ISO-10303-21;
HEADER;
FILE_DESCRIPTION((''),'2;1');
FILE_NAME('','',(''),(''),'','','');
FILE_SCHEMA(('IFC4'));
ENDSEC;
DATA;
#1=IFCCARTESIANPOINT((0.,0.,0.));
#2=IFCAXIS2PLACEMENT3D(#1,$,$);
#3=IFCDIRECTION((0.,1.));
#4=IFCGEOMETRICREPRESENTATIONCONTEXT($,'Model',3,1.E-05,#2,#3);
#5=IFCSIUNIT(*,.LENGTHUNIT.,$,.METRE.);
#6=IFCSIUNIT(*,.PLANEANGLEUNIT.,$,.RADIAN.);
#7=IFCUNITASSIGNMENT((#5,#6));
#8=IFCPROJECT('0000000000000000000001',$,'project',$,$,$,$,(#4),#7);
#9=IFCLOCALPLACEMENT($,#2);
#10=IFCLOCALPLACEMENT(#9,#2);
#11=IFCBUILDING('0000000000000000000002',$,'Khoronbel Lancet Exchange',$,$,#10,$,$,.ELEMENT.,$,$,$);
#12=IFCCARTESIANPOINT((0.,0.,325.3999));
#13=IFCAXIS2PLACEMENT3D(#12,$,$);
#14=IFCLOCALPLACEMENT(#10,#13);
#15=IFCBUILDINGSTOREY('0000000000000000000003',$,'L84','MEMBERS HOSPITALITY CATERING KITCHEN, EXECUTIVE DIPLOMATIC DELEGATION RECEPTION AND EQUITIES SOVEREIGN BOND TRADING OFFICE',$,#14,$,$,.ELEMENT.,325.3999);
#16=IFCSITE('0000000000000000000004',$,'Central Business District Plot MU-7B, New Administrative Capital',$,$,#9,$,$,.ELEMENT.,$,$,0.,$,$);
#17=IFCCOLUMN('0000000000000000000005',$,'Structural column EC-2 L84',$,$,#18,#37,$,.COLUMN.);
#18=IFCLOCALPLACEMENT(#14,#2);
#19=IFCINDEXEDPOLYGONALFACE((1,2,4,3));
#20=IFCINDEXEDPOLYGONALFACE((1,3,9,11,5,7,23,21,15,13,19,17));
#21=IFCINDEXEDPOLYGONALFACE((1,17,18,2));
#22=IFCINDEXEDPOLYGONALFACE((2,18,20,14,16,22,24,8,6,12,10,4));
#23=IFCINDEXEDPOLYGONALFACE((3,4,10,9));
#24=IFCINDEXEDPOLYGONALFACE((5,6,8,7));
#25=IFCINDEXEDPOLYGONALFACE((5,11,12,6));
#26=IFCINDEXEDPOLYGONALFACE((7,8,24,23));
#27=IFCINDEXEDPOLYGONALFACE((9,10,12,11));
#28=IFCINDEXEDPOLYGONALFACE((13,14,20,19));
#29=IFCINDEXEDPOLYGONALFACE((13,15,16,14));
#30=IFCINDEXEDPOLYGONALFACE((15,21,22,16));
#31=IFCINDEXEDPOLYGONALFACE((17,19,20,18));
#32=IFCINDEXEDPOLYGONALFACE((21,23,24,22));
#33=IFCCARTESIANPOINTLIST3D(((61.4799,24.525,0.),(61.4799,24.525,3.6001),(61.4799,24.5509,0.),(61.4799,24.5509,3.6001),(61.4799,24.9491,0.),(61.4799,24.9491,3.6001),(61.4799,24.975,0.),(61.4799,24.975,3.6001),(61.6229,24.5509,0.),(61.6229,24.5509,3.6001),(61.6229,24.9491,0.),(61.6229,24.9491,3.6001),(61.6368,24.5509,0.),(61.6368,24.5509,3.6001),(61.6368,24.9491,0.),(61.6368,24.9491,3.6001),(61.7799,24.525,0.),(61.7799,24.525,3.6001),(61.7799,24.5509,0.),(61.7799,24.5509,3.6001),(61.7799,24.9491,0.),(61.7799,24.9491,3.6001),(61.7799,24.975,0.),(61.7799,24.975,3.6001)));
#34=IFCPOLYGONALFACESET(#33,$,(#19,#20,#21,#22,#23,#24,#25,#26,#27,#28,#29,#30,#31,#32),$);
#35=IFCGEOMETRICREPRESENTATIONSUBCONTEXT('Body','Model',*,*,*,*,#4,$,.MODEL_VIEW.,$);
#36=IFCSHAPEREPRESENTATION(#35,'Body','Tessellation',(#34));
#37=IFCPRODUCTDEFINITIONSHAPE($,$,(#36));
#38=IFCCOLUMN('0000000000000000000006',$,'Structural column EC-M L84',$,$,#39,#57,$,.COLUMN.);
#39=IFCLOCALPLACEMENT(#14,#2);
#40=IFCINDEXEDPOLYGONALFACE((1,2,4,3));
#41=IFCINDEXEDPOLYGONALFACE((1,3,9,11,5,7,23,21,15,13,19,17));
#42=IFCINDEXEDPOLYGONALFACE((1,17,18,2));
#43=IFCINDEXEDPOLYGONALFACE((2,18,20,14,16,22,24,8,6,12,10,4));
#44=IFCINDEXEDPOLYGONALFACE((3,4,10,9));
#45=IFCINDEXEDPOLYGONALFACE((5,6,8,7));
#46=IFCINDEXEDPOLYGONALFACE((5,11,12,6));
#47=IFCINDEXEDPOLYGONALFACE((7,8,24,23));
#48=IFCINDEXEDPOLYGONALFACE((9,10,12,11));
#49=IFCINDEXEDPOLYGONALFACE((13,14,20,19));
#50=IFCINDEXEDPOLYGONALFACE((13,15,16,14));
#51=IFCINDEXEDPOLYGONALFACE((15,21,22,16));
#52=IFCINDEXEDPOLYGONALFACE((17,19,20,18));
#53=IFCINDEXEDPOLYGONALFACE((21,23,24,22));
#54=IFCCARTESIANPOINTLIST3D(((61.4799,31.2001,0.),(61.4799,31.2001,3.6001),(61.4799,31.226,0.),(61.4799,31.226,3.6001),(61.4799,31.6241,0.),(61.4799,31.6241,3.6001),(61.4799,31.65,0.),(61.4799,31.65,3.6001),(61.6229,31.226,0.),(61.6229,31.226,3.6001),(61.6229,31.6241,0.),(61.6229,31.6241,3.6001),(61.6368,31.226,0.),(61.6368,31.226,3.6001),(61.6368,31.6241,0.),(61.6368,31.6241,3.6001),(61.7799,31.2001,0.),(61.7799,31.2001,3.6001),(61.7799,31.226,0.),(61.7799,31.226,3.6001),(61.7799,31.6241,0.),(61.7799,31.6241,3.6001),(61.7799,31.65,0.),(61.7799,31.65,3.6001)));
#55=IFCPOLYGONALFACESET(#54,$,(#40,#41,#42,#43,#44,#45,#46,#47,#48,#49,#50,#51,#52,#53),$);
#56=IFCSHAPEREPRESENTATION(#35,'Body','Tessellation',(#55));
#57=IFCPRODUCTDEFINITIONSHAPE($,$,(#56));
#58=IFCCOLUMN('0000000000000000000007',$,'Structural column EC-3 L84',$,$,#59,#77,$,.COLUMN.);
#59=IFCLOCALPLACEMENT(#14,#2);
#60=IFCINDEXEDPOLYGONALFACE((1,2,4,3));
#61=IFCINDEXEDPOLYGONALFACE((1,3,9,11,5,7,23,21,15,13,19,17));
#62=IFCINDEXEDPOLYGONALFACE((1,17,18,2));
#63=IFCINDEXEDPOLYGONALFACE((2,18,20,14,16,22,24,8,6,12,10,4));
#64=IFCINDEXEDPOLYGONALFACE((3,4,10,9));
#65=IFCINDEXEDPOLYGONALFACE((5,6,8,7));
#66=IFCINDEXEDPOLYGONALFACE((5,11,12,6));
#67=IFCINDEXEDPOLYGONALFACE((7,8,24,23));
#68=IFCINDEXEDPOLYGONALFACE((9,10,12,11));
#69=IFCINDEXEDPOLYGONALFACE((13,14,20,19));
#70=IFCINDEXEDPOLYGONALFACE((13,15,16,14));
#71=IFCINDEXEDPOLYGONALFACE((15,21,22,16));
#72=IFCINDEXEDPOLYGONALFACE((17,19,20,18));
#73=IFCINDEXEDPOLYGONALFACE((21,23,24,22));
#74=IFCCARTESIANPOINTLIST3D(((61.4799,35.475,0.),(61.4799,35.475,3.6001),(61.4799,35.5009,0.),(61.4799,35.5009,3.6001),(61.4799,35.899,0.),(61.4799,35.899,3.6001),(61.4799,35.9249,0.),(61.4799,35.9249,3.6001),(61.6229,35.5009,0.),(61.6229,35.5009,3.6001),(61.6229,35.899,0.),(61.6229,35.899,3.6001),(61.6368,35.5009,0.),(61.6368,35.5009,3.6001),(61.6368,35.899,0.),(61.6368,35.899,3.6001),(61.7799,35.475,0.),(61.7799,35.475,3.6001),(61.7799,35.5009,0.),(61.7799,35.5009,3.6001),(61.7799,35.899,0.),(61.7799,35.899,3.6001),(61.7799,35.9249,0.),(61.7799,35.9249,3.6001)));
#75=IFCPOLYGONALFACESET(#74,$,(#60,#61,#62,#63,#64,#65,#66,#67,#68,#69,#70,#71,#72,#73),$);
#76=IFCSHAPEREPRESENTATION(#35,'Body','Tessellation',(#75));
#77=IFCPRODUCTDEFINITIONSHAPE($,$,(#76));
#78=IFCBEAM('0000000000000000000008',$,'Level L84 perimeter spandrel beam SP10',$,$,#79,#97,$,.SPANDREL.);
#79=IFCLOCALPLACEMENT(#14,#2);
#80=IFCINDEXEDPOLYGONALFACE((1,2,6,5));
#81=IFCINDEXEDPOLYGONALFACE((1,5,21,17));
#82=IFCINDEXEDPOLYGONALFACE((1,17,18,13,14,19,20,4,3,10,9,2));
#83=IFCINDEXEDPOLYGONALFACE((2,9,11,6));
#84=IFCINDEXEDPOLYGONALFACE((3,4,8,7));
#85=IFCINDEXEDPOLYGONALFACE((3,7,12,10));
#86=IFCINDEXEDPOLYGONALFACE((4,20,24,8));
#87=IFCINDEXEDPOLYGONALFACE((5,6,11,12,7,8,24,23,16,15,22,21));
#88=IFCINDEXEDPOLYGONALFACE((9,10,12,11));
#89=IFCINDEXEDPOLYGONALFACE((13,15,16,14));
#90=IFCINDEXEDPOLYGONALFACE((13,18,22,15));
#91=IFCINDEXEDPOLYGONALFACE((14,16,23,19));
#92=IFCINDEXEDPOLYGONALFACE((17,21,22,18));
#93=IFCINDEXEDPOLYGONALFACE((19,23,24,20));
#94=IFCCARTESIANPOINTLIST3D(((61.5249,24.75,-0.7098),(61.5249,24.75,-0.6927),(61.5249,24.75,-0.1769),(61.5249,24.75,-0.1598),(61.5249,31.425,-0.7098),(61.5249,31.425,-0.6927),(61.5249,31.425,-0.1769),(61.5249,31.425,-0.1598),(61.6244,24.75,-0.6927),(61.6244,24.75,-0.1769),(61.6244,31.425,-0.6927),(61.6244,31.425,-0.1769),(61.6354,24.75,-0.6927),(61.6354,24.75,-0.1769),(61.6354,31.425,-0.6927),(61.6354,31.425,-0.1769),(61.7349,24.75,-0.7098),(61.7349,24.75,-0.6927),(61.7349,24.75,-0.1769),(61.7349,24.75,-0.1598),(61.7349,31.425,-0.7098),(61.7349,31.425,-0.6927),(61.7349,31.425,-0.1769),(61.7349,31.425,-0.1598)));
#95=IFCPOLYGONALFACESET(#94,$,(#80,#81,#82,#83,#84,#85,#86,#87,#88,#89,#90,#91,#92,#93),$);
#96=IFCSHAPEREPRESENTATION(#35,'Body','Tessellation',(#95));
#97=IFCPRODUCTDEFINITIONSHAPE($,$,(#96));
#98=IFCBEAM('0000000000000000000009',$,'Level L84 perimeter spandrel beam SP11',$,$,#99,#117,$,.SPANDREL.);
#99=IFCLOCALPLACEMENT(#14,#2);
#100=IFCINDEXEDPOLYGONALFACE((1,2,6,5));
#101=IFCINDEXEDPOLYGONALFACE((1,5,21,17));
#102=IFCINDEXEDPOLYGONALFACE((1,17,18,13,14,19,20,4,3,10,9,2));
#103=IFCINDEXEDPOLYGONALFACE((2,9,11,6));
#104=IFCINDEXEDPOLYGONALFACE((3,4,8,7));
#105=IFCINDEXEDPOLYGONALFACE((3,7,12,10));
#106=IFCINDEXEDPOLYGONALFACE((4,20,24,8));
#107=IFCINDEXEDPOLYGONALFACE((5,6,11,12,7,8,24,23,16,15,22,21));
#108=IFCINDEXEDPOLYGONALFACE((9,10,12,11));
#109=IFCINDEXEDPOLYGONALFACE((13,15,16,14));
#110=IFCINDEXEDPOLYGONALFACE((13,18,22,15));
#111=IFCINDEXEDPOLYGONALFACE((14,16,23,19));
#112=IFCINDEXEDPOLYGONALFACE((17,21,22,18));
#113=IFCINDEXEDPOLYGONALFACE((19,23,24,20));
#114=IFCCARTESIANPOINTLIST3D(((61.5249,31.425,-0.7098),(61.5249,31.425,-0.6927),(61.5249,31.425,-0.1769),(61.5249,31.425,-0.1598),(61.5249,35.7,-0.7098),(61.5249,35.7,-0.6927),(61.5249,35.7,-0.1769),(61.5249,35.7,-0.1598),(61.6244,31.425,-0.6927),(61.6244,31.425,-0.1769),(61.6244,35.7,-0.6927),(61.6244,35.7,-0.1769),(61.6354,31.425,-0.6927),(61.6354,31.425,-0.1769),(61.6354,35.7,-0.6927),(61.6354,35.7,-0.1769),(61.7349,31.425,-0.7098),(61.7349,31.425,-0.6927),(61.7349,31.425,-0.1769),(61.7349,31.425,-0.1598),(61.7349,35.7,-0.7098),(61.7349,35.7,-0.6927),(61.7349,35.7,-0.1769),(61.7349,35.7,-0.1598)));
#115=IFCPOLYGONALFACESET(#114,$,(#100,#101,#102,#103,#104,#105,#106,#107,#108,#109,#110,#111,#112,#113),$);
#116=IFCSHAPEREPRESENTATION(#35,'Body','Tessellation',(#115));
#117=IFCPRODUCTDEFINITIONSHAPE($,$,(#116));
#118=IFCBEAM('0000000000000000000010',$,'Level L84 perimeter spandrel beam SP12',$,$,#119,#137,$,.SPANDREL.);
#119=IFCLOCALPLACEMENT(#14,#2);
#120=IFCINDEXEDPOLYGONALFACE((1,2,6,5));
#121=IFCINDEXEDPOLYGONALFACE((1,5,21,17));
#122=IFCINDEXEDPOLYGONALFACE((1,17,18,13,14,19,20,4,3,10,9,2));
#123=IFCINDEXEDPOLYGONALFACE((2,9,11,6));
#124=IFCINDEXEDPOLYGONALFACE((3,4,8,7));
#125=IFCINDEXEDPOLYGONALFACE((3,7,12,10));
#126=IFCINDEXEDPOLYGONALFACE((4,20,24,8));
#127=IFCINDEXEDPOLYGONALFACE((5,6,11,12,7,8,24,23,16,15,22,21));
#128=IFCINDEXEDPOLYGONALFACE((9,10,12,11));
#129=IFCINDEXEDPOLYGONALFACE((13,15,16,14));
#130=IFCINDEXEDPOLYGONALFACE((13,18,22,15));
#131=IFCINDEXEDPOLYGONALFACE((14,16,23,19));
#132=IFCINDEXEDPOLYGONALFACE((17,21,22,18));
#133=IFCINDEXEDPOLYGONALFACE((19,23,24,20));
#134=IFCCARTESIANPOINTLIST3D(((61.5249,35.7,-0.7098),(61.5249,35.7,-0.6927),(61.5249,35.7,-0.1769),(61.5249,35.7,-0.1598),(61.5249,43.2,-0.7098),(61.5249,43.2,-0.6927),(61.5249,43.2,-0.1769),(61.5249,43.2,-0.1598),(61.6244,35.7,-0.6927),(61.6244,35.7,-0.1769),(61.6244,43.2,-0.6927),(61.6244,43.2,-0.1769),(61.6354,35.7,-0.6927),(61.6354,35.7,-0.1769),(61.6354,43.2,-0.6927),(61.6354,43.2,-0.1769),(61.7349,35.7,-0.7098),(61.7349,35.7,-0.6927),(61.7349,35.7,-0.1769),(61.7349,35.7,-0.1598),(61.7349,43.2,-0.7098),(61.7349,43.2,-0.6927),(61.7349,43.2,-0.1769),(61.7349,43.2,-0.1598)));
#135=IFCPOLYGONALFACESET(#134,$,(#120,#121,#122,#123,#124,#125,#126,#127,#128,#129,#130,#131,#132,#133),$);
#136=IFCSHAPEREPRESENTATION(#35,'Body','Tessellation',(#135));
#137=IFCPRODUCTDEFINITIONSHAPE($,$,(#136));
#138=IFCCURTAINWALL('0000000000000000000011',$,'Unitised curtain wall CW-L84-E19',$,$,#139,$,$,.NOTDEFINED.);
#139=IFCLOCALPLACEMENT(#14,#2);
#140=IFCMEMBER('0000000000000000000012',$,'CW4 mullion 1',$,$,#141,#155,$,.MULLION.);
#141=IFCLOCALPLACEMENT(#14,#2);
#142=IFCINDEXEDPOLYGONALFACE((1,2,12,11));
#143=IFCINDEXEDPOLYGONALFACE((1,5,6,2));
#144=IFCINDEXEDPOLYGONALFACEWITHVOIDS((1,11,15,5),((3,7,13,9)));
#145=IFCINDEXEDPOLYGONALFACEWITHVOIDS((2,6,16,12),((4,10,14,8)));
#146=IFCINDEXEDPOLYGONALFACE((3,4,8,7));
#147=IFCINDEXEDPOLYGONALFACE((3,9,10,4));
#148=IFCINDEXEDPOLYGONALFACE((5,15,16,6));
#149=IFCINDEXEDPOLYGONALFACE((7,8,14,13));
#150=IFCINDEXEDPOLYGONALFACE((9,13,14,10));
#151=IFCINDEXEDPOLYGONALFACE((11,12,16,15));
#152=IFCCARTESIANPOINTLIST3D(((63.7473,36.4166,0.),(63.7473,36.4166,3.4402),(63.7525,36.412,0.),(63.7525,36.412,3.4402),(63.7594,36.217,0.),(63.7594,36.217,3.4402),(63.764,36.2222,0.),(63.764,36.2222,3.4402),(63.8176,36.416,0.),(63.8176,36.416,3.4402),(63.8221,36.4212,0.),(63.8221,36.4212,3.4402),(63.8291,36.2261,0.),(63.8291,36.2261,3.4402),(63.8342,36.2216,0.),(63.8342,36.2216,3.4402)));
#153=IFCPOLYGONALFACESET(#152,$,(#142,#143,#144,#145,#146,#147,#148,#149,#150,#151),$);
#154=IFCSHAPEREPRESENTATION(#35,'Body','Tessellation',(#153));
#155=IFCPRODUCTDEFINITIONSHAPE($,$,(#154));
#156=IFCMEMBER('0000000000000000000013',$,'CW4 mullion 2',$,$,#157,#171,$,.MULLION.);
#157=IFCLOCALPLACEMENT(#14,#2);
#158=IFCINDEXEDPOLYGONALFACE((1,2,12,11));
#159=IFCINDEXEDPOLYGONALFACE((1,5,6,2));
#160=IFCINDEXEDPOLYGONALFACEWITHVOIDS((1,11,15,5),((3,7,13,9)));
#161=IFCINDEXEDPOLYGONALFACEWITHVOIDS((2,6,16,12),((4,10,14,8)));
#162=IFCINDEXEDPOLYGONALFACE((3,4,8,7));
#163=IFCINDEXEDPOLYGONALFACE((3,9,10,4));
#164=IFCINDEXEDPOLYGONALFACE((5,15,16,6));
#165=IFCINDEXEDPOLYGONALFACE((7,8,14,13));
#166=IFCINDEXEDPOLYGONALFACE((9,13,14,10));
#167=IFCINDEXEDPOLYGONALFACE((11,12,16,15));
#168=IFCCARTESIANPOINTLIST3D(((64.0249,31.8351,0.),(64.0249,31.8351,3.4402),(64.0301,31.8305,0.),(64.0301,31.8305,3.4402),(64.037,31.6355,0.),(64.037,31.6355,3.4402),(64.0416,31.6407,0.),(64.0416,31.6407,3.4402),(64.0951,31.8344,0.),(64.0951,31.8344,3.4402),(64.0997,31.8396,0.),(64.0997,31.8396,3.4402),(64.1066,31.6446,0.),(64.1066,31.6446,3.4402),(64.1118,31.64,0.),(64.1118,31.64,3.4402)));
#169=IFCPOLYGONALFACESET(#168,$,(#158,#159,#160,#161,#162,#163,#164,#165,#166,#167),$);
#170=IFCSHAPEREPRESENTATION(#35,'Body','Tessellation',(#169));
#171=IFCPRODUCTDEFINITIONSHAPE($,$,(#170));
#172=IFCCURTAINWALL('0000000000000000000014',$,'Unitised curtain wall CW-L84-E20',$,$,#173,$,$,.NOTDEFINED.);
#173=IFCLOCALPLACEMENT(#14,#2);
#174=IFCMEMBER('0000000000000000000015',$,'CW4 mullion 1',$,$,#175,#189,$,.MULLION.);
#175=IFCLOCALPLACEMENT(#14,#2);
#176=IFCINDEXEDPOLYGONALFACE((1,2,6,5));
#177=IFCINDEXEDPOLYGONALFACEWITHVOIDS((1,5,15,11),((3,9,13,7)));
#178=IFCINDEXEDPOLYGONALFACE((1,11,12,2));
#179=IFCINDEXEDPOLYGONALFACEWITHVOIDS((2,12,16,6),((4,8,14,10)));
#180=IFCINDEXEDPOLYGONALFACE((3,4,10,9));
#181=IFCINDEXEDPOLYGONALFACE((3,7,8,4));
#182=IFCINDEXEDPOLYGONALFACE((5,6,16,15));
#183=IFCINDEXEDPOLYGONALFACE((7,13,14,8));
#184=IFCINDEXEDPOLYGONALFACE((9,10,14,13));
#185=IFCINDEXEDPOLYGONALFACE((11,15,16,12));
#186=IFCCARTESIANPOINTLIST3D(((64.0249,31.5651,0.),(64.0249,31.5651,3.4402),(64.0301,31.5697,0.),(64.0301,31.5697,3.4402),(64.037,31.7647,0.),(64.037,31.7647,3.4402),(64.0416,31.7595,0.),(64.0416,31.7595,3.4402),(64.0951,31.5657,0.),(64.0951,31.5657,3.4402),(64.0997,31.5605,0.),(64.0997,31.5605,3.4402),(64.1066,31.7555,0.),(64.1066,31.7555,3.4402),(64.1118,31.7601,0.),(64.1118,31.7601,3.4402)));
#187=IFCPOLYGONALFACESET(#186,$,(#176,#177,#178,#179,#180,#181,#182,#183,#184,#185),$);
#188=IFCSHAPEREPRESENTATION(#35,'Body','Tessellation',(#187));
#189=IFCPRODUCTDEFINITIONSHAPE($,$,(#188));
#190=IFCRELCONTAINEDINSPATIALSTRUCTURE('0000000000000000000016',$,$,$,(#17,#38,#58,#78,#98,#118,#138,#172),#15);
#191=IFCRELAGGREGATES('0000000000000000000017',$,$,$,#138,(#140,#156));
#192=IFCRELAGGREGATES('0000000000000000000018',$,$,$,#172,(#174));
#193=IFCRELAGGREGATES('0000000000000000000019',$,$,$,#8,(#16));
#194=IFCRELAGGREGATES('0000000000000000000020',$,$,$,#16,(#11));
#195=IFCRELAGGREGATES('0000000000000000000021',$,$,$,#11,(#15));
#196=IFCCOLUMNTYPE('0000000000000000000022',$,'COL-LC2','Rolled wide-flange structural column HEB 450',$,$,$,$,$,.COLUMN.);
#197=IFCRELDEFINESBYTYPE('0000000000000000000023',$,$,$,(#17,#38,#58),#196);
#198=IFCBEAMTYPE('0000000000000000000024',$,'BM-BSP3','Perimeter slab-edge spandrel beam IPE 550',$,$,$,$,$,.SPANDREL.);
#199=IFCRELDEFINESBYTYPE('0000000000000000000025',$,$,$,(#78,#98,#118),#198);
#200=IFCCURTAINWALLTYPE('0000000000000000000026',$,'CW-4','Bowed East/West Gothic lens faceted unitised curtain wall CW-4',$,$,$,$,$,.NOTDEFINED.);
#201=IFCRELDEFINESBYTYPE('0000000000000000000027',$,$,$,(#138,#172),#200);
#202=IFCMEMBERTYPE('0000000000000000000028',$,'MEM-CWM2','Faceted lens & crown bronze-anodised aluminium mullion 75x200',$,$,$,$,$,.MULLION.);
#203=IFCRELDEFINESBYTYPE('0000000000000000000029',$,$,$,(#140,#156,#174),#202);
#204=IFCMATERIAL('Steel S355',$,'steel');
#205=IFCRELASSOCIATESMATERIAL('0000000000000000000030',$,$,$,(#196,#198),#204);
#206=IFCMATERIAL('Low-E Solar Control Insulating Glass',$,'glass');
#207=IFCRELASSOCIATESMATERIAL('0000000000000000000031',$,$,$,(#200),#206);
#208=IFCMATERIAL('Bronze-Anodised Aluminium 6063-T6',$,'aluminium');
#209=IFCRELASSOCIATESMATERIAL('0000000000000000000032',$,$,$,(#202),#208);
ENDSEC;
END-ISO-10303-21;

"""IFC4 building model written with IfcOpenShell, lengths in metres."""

from ifc_helpers import new_model, si_unit, direction, frame, origin, origin_2d, place, context, subcontext, project, spatial, hollow_rectangle, i_section, extrude, material, material_profile, profile_set, type_object, element, aggregate, save


model = new_model("IFC4")

# Units and contexts
model_context = context("Model", 3, precision=1e-05, world=origin(), true_north=direction((0.0, 1.0)))
body_context = subcontext(model_context, "Body", "Model", "MODEL_VIEW")
ifc_project = project(units=[si_unit("LENGTHUNIT", "METRE"), si_unit("PLANEANGLEUNIT", "RADIAN")], contexts=[model_context])

# Site, building, storey
site_placement = place(None, origin())
site = spatial("IfcSite", under=ifc_project, at=site_placement, Name="Central Business District Plot MU-7B, New Administrative Capital", CompositionType="ELEMENT", RefElevation=0.0)
building_placement = place(site_placement, origin())
building = spatial("IfcBuilding", under=site, at=building_placement, Name="Khoronbel Lancet Exchange", CompositionType="ELEMENT")
storey_placement = place(building_placement, frame((0.0, 0.0, 325.3999)))
storey = spatial("IfcBuildingStorey", under=building, at=storey_placement, Name="L84", Description="MEMBERS HOSPITALITY CATERING KITCHEN, EXECUTIVE DIPLOMATIC DELEGATION RECEPTION AND EQUITIES SOVEREIGN BOND TRADING OFFICE", CompositionType="ELEMENT", Elevation=325.3999)

# Columns
ifc_material_1 = material(Name="Steel S355", Category="steel")
ifc_material_profile_1 = material_profile(ifc_material_1, i_section(OverallWidth=0.3, OverallDepth=0.45, WebThickness=0.0139, FlangeThickness=0.0259, at=origin_2d()), Name="HEB 450")
ifc_profile_set_1 = profile_set([ifc_material_profile_1], Name="Steel S355")
column_type = type_object("IfcColumnType", Name="COL-LC2", Description="Rolled wide-flange structural column HEB 450", PredefinedType="COLUMN", material=ifc_profile_set_1)
for number, where, z_axis, x_axis, name in (
    (1, (61.6299, 24.75, 0.0), (0.0, 0.0, 1.0), (1.0, 0.0, 0.0), "Structural column EC-2 L84"),
    (2, (61.6299, 31.425, 0.0), (0.0, 0.0, 1.0), (1.0, 0.0, 0.0), "Structural column EC-M L84"),
    (3, (61.6299, 35.7, 0.0), (0.0, 0.0, 1.0), (1.0, 0.0, 0.0), "Structural column EC-3 L84"),
):
    element("IfcColumn", number, at=place(storey_placement, frame(where, z_axis=z_axis, x_axis=x_axis)), inside=storey, type_object=column_type, Name=name, PredefinedType="COLUMN", context=body_context, shape_type="SweptSolid", body=[
        extrude(i_section(OverallWidth=0.3, OverallDepth=0.45, WebThickness=0.0139, FlangeThickness=0.0259, at=origin_2d()), origin(), (0.0, 0.0, 1.0), 3.6001),
    ])

# Beams
ifc_material_profile_2 = material_profile(ifc_material_1, i_section(OverallWidth=0.21, OverallDepth=0.55, WebThickness=0.011, FlangeThickness=0.0171, at=origin_2d()), Name="IPE 550")
ifc_profile_set_2 = profile_set([ifc_material_profile_2], Name="Steel S355")
beam_type = type_object("IfcBeamType", Name="BM-BSP3", Description="Perimeter slab-edge spandrel beam IPE 550", PredefinedType="SPANDREL", material=ifc_profile_set_2)
beam_1_placement = place(storey_placement, frame((61.6299, 24.75, -0.4348), z_axis=(0.0, 1.0, 0.0), x_axis=(-1.0, 0.0, 0.0)))
element("IfcBeam", 4, at=beam_1_placement, inside=storey, type_object=beam_type, Name="Level L84 perimeter spandrel beam SP10", PredefinedType="SPANDREL", context=body_context, shape_type="SweptSolid", body=[
    extrude(i_section(OverallWidth=0.21, OverallDepth=0.55, WebThickness=0.011, FlangeThickness=0.0171, at=origin_2d()), origin(), (0.0, 0.0, 1.0), 6.675),
])
beam_2_placement = place(storey_placement, frame((61.6299, 31.425, -0.4348), z_axis=(0.0, 1.0, 0.0), x_axis=(-1.0, 0.0, 0.0)))
element("IfcBeam", 5, at=beam_2_placement, inside=storey, type_object=beam_type, Name="Level L84 perimeter spandrel beam SP11", PredefinedType="SPANDREL", context=body_context, shape_type="SweptSolid", body=[
    extrude(i_section(OverallWidth=0.21, OverallDepth=0.55, WebThickness=0.011, FlangeThickness=0.0171, at=origin_2d()), origin(), (0.0, 0.0, 1.0), 4.2749),
])
beam_3_placement = place(storey_placement, frame((61.6299, 35.7, -0.4348), z_axis=(0.0, 1.0, 0.0), x_axis=(-1.0, 0.0, 0.0)))
element("IfcBeam", 6, at=beam_3_placement, inside=storey, type_object=beam_type, Name="Level L84 perimeter spandrel beam SP12", PredefinedType="SPANDREL", context=body_context, shape_type="SweptSolid", body=[
    extrude(i_section(OverallWidth=0.21, OverallDepth=0.55, WebThickness=0.011, FlangeThickness=0.0171, at=origin_2d()), origin(), (0.0, 0.0, 1.0), 7.5),
])

# Curtain walls, members
ifc_material_2 = material(Name="Low-E Solar Control Insulating Glass", Category="glass")
curtain_wall_type = type_object("IfcCurtainWallType", Name="CW-4", Description="Bowed East/West Gothic lens faceted unitised curtain wall CW-4", PredefinedType="NOTDEFINED", material=ifc_material_2)
curtain_wall_1_placement = place(storey_placement, origin())
curtain_wall_1 = element("IfcCurtainWall", 7, at=curtain_wall_1_placement, inside=storey, type_object=curtain_wall_type, Name="Unitised curtain wall CW-L84-E19", PredefinedType="NOTDEFINED")
ifc_material_3 = material(Name="Bronze-Anodised Aluminium 6063-T6", Category="aluminium")
ifc_material_profile_3 = material_profile(ifc_material_3, hollow_rectangle(XDim=0.075, YDim=0.2, WallThickness=0.0049, at=origin_2d()), Name="ALU MULLION 75x200")
ifc_profile_set_3 = profile_set([ifc_material_profile_3], Name="Bronze-Anodised Aluminium 6063-T6")
member_type_1 = type_object("IfcMemberType", Name="MEM-CWM2", Description="Faceted lens & crown bronze-anodised aluminium mullion 75x200", PredefinedType="MULLION", material=ifc_profile_set_3)
member_1_placement = place(storey_placement, frame((63.7908, 36.3191, 0.0), z_axis=(0.0, 0.0, 1.0), x_axis=(0.998169, 0.060491, 0.0)))
member_1 = element("IfcMember", 8, at=member_1_placement, type_object=member_type_1, Name="CW4 mullion 1", PredefinedType="MULLION", context=body_context, shape_type="SweptSolid", body=[
    extrude(hollow_rectangle(XDim=0.075, YDim=0.2, WallThickness=0.0049, at=origin_2d()), origin(), (0.0, 0.0, 1.0), 3.4402),
])
member_2_placement = place(storey_placement, frame((64.0684, 31.7375, 0.0), z_axis=(0.0, 0.0, 1.0), x_axis=(0.998169, 0.060491, 0.0)))
member_2 = element("IfcMember", 9, at=member_2_placement, type_object=member_type_1, Name="CW4 mullion 2", PredefinedType="MULLION", context=body_context, shape_type="SweptSolid", body=[
    extrude(hollow_rectangle(XDim=0.075, YDim=0.2, WallThickness=0.0049, at=origin_2d()), origin(), (0.0, 0.0, 1.0), 3.4402),
])
curtain_wall_2_placement = place(storey_placement, origin())
curtain_wall_2 = element("IfcCurtainWall", 10, at=curtain_wall_2_placement, inside=storey, type_object=curtain_wall_type, Name="Unitised curtain wall CW-L84-E20", PredefinedType="NOTDEFINED")
member_3_placement = place(storey_placement, frame((64.0684, 31.6626, 0.0), z_axis=(0.0, 0.0, 1.0), x_axis=(0.998169, -0.060491, 0.0)))
member_3 = element("IfcMember", 11, at=member_3_placement, type_object=member_type_1, Name="CW4 mullion 1", PredefinedType="MULLION", context=body_context, shape_type="SweptSolid", body=[
    extrude(hollow_rectangle(XDim=0.075, YDim=0.2, WallThickness=0.0049, at=origin_2d()), origin(), (0.0, 0.0, 1.0), 3.4402),
])

aggregate(curtain_wall_1, [member_1, member_2])
aggregate(curtain_wall_2, [member_3])

save(model, "model.ifc")
